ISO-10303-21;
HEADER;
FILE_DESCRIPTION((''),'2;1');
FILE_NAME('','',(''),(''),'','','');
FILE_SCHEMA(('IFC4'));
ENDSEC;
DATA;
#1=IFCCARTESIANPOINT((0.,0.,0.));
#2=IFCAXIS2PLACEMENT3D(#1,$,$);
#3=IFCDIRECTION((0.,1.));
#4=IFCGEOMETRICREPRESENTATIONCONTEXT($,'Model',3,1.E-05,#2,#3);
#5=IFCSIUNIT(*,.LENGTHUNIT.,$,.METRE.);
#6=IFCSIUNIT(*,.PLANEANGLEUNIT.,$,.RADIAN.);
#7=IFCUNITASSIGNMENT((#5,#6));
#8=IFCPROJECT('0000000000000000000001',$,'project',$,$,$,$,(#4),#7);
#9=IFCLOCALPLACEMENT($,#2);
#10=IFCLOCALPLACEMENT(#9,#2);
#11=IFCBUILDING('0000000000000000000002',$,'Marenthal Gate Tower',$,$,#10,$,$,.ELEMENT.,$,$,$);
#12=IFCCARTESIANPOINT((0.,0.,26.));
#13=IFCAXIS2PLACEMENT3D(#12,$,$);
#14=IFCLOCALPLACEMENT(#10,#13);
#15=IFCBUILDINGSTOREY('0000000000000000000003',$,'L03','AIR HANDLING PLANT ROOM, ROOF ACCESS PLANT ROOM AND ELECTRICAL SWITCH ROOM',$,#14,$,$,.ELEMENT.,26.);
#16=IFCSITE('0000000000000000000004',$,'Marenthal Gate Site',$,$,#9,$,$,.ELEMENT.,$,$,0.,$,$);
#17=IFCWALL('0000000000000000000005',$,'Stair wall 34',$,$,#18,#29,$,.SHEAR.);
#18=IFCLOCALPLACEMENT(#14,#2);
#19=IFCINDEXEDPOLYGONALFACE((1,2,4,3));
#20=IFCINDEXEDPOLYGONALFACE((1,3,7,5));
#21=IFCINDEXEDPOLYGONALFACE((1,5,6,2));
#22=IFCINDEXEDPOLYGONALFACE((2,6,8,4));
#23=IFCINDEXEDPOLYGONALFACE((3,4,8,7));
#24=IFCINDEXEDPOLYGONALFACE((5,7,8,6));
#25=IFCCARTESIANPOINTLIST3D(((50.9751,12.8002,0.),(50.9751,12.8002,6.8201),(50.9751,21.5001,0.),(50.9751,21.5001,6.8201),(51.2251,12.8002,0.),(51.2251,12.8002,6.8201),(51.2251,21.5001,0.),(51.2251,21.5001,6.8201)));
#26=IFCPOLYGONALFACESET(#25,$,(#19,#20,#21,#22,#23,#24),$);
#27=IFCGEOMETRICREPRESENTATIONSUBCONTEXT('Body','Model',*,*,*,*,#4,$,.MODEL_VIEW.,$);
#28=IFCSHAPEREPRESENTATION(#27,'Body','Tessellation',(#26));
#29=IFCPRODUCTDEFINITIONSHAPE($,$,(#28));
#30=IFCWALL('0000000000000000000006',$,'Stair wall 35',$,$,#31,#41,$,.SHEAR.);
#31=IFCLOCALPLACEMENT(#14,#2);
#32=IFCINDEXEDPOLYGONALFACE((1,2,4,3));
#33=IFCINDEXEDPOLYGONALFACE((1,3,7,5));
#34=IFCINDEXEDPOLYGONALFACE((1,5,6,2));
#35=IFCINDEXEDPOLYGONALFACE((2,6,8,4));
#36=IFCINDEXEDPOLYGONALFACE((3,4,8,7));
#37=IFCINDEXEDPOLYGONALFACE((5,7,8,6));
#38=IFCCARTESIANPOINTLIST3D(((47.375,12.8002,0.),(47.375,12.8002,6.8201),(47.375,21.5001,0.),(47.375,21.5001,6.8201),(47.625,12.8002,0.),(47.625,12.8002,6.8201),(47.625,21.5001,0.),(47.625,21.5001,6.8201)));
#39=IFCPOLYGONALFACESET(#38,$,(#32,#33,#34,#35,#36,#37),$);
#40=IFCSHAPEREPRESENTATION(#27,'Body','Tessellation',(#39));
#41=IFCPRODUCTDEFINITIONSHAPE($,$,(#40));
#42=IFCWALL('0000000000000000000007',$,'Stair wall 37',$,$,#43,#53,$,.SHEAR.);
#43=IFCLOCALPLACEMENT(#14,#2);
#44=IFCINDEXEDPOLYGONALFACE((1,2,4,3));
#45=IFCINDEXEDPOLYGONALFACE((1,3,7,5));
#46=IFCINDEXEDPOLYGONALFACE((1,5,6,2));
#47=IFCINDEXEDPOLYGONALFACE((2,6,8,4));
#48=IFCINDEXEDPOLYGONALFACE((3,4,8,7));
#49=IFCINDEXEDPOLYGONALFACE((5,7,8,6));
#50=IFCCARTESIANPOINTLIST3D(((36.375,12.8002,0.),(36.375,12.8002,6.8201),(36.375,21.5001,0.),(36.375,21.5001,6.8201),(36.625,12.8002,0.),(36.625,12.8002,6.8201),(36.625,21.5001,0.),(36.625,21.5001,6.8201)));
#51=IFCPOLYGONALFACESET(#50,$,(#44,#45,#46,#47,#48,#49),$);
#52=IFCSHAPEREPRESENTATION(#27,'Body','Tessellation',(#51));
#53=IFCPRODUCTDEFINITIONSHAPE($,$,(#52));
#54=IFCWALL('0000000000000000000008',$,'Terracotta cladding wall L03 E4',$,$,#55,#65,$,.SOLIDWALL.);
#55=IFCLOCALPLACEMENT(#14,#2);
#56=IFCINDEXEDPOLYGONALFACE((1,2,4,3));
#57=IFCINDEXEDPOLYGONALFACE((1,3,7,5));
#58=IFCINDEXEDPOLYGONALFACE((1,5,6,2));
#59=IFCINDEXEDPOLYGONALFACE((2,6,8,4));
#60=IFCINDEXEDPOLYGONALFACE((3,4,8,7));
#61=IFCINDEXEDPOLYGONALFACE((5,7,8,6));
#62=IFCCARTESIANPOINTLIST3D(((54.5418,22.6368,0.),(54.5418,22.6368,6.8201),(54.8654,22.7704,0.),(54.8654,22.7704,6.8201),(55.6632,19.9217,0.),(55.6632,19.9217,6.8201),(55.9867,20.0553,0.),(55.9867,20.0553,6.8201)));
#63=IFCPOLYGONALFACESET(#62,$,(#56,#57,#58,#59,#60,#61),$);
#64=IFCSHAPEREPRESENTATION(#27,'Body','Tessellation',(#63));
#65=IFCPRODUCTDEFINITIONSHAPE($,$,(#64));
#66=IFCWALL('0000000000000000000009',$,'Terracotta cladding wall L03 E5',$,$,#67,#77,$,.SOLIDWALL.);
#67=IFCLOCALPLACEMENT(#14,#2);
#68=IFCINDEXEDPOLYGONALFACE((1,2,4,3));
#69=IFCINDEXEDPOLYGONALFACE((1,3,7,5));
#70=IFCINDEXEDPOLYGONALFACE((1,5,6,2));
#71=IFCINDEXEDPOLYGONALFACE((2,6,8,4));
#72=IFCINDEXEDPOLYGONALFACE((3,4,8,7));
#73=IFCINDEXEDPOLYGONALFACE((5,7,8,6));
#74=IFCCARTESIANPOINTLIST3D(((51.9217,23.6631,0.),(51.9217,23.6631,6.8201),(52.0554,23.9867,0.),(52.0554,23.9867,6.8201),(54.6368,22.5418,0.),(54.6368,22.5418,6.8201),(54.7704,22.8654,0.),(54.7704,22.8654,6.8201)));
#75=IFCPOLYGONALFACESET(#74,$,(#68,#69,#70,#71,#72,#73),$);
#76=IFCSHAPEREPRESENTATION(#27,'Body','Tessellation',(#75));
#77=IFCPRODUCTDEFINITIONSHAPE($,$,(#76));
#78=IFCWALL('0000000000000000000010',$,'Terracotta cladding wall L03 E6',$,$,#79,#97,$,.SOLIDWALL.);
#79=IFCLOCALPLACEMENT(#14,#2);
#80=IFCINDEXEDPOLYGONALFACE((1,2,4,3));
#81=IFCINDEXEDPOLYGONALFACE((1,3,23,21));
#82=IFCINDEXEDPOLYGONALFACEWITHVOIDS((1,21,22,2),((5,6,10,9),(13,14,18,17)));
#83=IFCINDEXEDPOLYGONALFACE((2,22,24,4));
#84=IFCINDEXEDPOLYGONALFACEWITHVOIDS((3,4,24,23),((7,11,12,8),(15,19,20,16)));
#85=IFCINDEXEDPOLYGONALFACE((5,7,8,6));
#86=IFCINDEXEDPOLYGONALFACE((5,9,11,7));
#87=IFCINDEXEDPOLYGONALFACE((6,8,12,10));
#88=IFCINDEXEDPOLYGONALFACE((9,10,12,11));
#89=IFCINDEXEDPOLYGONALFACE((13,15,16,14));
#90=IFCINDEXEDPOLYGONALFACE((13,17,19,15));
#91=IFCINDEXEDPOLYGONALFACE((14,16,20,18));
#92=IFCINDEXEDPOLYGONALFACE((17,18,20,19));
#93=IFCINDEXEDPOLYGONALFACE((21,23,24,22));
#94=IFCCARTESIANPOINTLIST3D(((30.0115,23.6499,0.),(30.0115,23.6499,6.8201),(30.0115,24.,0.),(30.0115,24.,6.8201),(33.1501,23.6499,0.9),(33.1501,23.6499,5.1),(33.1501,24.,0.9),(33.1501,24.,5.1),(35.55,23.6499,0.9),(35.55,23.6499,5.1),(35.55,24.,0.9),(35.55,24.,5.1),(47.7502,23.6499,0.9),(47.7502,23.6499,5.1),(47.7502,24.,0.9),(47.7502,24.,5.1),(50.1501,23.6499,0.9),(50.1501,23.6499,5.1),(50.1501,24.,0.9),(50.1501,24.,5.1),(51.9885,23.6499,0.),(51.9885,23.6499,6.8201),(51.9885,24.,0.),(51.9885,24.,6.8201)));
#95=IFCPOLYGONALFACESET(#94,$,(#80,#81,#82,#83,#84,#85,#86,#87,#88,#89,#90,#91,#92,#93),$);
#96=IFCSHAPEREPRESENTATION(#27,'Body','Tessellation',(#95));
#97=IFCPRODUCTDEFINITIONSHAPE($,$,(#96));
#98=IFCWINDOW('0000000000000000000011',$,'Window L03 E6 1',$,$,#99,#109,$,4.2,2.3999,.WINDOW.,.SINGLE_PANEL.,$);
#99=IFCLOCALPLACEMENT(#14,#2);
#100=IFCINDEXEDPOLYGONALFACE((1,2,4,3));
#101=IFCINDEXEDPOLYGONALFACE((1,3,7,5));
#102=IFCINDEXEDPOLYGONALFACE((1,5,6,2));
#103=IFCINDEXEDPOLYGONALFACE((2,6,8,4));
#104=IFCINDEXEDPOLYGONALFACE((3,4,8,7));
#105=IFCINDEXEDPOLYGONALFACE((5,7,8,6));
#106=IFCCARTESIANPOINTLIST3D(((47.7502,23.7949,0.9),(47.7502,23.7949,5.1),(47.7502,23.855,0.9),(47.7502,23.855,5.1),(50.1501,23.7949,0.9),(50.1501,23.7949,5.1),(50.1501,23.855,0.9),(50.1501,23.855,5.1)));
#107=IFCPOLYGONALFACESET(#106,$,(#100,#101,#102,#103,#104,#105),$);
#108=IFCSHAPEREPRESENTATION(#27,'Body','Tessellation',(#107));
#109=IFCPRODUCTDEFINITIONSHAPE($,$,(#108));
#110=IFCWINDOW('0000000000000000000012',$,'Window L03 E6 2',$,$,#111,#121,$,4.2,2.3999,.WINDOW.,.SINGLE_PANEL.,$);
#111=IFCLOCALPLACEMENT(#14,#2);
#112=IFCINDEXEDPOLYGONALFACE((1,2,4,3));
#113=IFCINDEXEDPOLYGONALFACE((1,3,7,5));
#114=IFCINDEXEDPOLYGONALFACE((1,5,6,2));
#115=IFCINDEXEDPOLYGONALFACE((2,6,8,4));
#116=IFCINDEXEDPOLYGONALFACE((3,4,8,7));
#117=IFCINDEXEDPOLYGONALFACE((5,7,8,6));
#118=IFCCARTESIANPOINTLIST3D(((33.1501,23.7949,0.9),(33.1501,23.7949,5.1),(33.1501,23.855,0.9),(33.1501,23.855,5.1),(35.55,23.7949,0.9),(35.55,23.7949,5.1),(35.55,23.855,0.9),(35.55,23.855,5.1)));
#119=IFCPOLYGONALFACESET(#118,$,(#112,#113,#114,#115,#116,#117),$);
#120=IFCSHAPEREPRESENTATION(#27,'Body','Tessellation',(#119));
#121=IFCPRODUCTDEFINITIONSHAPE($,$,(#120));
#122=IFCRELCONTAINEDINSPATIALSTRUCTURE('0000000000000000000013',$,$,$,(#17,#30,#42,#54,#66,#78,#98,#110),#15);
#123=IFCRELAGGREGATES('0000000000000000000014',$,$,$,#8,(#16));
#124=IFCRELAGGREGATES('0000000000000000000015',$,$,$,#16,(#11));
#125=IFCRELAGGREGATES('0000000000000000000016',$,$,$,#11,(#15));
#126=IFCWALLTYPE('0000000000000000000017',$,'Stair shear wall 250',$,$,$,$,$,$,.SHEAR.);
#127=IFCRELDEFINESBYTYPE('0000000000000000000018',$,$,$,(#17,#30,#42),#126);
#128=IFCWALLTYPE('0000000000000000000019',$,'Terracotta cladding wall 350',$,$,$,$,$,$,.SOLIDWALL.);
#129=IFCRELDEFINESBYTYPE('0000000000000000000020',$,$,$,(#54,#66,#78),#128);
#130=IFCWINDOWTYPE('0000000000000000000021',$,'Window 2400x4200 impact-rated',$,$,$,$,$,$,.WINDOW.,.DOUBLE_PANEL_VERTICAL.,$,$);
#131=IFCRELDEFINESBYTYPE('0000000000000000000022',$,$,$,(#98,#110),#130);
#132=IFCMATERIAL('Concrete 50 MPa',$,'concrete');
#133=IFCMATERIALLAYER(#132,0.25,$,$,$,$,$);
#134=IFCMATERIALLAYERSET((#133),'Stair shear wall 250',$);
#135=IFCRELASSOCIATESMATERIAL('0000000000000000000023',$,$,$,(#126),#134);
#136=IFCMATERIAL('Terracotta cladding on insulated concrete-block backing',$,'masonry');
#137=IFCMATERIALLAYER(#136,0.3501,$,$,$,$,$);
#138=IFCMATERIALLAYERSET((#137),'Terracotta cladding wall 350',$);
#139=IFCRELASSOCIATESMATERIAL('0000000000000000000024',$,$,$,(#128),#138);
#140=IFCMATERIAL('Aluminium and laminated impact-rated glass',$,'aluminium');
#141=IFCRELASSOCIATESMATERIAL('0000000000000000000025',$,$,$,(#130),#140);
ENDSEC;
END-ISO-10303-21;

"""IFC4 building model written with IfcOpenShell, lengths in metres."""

from ifc_helpers import new_model, si_unit, direction, frame, frame_2d, origin, place, context, subcontext, project, spatial, rectangle, extrude, material, layer, layer_set, type_object, element, fill, save


model = new_model("IFC4")

# Units and contexts
model_context = context("Model", 3, precision=1e-05, world=origin(), true_north=direction((0.0, 1.0)))
body_context = subcontext(model_context, "Body", "Model", "MODEL_VIEW")
ifc_project = project(units=[si_unit("LENGTHUNIT", "METRE"), si_unit("PLANEANGLEUNIT", "RADIAN")], contexts=[model_context])

# Site, building, storey
site_placement = place(None, origin())
site = spatial("IfcSite", under=ifc_project, at=site_placement, Name="Marenthal Gate Site", CompositionType="ELEMENT", RefElevation=0.0)
building_placement = place(site_placement, origin())
building = spatial("IfcBuilding", under=site, at=building_placement, Name="Marenthal Gate Tower", CompositionType="ELEMENT")
storey_placement = place(building_placement, frame((0.0, 0.0, 26.0)))
storey = spatial("IfcBuildingStorey", under=building, at=storey_placement, Name="L03", Description="AIR HANDLING PLANT ROOM, ROOF ACCESS PLANT ROOM AND ELECTRICAL SWITCH ROOM", CompositionType="ELEMENT", Elevation=26.0)

# Shared definitions
ifc_material_1 = material(Name="Concrete 50 MPa", Category="concrete")
ifc_layer_1 = layer(ifc_material_1, 0.25)
ifc_layer_set_1 = layer_set([ifc_layer_1], Name="Stair shear wall 250")
wall_type_1 = type_object("IfcWallType", Name="Stair shear wall 250", PredefinedType="SHEAR", material=ifc_layer_set_1)

# Walls
for number, where, z_axis, x_axis, name in (
    (1, (51.1001, 12.8, 0.0), (0.0, 0.0, 1.0), (0.0, 1.0, 0.0), "Stair wall 34"),
    (2, (47.5, 12.8, 0.0), (0.0, 0.0, 1.0), (0.0, 1.0, 0.0), "Stair wall 35"),
    (3, (36.5, 12.8, 0.0), (0.0, 0.0, 1.0), (0.0, 1.0, 0.0), "Stair wall 37"),
):
    element("IfcWall", number, at=place(storey_placement, frame(where, z_axis=z_axis, x_axis=x_axis)), inside=storey, type_object=wall_type_1, Name=name, PredefinedType="SHEAR", context=body_context, shape_type="SweptSolid", body=[
        extrude(rectangle(XDim=8.7, YDim=0.25, at=frame_2d((4.3501, 0.0))), origin(), (0.0, 0.0, 1.0), 6.8201),
    ])
ifc_material_2 = material(Name="Terracotta cladding on insulated concrete-block backing", Category="masonry")
ifc_layer_2 = layer(ifc_material_2, 0.3501)
ifc_layer_set_2 = layer_set([ifc_layer_2], Name="Terracotta cladding wall 350")
wall_type_2 = type_object("IfcWallType", Name="Terracotta cladding wall 350", PredefinedType="SOLIDWALL", material=ifc_layer_set_2)
for number, where, z_axis, x_axis, name in (
    (4, (55.825, 19.9885, 0.0), (0.0, 0.0, 1.0), (-0.381728, 0.924275, 0.0), "Terracotta cladding wall L03 E4"),
    (5, (54.7036, 22.7036, 0.0), (0.0, 0.0, 1.0), (-0.924275, 0.381728, 0.0), "Terracotta cladding wall L03 E5"),
):
    element("IfcWall", number, at=place(storey_placement, frame(where, z_axis=z_axis, x_axis=x_axis)), inside=storey, type_object=wall_type_2, Name=name, PredefinedType="SOLIDWALL", context=body_context, shape_type="SweptSolid", body=[
        extrude(rectangle(XDim=2.9375, YDim=0.3501, at=frame_2d((1.4688, 0.0))), origin(), (0.0, 0.0, 1.0), 6.8201),
    ])

# Wall, openings, windows
wall_1_placement = place(storey_placement, frame((51.9885, 23.825, 0.0), z_axis=(0.0, 0.0, 1.0), x_axis=(-1.0, 0.0, 0.0)))
wall_1 = element("IfcWall", 6, at=wall_1_placement, inside=storey, type_object=wall_type_2, Name="Terracotta cladding wall L03 E6", PredefinedType="SOLIDWALL", context=body_context, shape_type="SweptSolid", body=[
    extrude(rectangle(XDim=21.9771, YDim=0.3501, at=frame_2d((10.9885, 0.0))), origin(), (0.0, 0.0, 1.0), 6.8201),
])
opening_1_placement = place(wall_1_placement, frame((1.8384, 0.0, 0.8999)))
opening_1 = element("IfcOpeningElement", 7, at=opening_1_placement, cuts=wall_1, PredefinedType="OPENING", context=body_context, shape_type="SweptSolid", body=[
    extrude(rectangle(XDim=2.3999, YDim=4.2, at=frame_2d((1.2, 2.1001))), frame((0.0, 0.1851, 0.0), z_axis=(0.0, -1.0, 0.0), x_axis=(1.0, 0.0, 0.0)), (0.0, 0.0, 1.0), 0.3701),
])
opening_2_placement = place(wall_1_placement, frame((16.4385, 0.0, 0.8999)))
opening_2 = element("IfcOpeningElement", 8, at=opening_2_placement, cuts=wall_1, PredefinedType="OPENING", context=body_context, shape_type="SweptSolid", body=[
    extrude(rectangle(XDim=2.3999, YDim=4.2, at=frame_2d((1.2, 2.1001))), frame((0.0, 0.1851, 0.0), z_axis=(0.0, -1.0, 0.0), x_axis=(1.0, 0.0, 0.0)), (0.0, 0.0, 1.0), 0.3701),
])
ifc_material_3 = material(Name="Aluminium and laminated impact-rated glass", Category="aluminium")
window_type = type_object("IfcWindowType", Name="Window 2400x4200 impact-rated", PartitioningType="DOUBLE_PANEL_VERTICAL", PredefinedType="WINDOW", material=ifc_material_3)
window_1_placement = place(opening_1_placement, origin())
window_1 = element("IfcWindow", 9, at=window_1_placement, inside=storey, type_object=window_type, Name="Window L03 E6 1", OverallHeight=4.2, OverallWidth=2.3999, PartitioningType="SINGLE_PANEL", PredefinedType="WINDOW", context=body_context, shape_type="SweptSolid", body=[
    extrude(rectangle(XDim=2.3999, YDim=4.2, at=frame_2d((1.2, 2.1001))), frame((0.0, 0.03, 0.0), z_axis=(0.0, -1.0, 0.0), x_axis=(1.0, 0.0, 0.0)), (0.0, 0.0, 1.0), 0.0601),
])
fill(opening_1, window_1)
window_2_placement = place(opening_2_placement, origin())
window_2 = element("IfcWindow", 10, at=window_2_placement, inside=storey, type_object=window_type, Name="Window L03 E6 2", OverallHeight=4.2, OverallWidth=2.3999, PartitioningType="SINGLE_PANEL", PredefinedType="WINDOW", context=body_context, shape_type="SweptSolid", body=[
    extrude(rectangle(XDim=2.3999, YDim=4.2, at=frame_2d((1.2, 2.1001))), frame((0.0, 0.03, 0.0), z_axis=(0.0, -1.0, 0.0), x_axis=(1.0, 0.0, 0.0)), (0.0, 0.0, 1.0), 0.0601),
])
fill(opening_2, window_2)

save(model, "model.ifc")
